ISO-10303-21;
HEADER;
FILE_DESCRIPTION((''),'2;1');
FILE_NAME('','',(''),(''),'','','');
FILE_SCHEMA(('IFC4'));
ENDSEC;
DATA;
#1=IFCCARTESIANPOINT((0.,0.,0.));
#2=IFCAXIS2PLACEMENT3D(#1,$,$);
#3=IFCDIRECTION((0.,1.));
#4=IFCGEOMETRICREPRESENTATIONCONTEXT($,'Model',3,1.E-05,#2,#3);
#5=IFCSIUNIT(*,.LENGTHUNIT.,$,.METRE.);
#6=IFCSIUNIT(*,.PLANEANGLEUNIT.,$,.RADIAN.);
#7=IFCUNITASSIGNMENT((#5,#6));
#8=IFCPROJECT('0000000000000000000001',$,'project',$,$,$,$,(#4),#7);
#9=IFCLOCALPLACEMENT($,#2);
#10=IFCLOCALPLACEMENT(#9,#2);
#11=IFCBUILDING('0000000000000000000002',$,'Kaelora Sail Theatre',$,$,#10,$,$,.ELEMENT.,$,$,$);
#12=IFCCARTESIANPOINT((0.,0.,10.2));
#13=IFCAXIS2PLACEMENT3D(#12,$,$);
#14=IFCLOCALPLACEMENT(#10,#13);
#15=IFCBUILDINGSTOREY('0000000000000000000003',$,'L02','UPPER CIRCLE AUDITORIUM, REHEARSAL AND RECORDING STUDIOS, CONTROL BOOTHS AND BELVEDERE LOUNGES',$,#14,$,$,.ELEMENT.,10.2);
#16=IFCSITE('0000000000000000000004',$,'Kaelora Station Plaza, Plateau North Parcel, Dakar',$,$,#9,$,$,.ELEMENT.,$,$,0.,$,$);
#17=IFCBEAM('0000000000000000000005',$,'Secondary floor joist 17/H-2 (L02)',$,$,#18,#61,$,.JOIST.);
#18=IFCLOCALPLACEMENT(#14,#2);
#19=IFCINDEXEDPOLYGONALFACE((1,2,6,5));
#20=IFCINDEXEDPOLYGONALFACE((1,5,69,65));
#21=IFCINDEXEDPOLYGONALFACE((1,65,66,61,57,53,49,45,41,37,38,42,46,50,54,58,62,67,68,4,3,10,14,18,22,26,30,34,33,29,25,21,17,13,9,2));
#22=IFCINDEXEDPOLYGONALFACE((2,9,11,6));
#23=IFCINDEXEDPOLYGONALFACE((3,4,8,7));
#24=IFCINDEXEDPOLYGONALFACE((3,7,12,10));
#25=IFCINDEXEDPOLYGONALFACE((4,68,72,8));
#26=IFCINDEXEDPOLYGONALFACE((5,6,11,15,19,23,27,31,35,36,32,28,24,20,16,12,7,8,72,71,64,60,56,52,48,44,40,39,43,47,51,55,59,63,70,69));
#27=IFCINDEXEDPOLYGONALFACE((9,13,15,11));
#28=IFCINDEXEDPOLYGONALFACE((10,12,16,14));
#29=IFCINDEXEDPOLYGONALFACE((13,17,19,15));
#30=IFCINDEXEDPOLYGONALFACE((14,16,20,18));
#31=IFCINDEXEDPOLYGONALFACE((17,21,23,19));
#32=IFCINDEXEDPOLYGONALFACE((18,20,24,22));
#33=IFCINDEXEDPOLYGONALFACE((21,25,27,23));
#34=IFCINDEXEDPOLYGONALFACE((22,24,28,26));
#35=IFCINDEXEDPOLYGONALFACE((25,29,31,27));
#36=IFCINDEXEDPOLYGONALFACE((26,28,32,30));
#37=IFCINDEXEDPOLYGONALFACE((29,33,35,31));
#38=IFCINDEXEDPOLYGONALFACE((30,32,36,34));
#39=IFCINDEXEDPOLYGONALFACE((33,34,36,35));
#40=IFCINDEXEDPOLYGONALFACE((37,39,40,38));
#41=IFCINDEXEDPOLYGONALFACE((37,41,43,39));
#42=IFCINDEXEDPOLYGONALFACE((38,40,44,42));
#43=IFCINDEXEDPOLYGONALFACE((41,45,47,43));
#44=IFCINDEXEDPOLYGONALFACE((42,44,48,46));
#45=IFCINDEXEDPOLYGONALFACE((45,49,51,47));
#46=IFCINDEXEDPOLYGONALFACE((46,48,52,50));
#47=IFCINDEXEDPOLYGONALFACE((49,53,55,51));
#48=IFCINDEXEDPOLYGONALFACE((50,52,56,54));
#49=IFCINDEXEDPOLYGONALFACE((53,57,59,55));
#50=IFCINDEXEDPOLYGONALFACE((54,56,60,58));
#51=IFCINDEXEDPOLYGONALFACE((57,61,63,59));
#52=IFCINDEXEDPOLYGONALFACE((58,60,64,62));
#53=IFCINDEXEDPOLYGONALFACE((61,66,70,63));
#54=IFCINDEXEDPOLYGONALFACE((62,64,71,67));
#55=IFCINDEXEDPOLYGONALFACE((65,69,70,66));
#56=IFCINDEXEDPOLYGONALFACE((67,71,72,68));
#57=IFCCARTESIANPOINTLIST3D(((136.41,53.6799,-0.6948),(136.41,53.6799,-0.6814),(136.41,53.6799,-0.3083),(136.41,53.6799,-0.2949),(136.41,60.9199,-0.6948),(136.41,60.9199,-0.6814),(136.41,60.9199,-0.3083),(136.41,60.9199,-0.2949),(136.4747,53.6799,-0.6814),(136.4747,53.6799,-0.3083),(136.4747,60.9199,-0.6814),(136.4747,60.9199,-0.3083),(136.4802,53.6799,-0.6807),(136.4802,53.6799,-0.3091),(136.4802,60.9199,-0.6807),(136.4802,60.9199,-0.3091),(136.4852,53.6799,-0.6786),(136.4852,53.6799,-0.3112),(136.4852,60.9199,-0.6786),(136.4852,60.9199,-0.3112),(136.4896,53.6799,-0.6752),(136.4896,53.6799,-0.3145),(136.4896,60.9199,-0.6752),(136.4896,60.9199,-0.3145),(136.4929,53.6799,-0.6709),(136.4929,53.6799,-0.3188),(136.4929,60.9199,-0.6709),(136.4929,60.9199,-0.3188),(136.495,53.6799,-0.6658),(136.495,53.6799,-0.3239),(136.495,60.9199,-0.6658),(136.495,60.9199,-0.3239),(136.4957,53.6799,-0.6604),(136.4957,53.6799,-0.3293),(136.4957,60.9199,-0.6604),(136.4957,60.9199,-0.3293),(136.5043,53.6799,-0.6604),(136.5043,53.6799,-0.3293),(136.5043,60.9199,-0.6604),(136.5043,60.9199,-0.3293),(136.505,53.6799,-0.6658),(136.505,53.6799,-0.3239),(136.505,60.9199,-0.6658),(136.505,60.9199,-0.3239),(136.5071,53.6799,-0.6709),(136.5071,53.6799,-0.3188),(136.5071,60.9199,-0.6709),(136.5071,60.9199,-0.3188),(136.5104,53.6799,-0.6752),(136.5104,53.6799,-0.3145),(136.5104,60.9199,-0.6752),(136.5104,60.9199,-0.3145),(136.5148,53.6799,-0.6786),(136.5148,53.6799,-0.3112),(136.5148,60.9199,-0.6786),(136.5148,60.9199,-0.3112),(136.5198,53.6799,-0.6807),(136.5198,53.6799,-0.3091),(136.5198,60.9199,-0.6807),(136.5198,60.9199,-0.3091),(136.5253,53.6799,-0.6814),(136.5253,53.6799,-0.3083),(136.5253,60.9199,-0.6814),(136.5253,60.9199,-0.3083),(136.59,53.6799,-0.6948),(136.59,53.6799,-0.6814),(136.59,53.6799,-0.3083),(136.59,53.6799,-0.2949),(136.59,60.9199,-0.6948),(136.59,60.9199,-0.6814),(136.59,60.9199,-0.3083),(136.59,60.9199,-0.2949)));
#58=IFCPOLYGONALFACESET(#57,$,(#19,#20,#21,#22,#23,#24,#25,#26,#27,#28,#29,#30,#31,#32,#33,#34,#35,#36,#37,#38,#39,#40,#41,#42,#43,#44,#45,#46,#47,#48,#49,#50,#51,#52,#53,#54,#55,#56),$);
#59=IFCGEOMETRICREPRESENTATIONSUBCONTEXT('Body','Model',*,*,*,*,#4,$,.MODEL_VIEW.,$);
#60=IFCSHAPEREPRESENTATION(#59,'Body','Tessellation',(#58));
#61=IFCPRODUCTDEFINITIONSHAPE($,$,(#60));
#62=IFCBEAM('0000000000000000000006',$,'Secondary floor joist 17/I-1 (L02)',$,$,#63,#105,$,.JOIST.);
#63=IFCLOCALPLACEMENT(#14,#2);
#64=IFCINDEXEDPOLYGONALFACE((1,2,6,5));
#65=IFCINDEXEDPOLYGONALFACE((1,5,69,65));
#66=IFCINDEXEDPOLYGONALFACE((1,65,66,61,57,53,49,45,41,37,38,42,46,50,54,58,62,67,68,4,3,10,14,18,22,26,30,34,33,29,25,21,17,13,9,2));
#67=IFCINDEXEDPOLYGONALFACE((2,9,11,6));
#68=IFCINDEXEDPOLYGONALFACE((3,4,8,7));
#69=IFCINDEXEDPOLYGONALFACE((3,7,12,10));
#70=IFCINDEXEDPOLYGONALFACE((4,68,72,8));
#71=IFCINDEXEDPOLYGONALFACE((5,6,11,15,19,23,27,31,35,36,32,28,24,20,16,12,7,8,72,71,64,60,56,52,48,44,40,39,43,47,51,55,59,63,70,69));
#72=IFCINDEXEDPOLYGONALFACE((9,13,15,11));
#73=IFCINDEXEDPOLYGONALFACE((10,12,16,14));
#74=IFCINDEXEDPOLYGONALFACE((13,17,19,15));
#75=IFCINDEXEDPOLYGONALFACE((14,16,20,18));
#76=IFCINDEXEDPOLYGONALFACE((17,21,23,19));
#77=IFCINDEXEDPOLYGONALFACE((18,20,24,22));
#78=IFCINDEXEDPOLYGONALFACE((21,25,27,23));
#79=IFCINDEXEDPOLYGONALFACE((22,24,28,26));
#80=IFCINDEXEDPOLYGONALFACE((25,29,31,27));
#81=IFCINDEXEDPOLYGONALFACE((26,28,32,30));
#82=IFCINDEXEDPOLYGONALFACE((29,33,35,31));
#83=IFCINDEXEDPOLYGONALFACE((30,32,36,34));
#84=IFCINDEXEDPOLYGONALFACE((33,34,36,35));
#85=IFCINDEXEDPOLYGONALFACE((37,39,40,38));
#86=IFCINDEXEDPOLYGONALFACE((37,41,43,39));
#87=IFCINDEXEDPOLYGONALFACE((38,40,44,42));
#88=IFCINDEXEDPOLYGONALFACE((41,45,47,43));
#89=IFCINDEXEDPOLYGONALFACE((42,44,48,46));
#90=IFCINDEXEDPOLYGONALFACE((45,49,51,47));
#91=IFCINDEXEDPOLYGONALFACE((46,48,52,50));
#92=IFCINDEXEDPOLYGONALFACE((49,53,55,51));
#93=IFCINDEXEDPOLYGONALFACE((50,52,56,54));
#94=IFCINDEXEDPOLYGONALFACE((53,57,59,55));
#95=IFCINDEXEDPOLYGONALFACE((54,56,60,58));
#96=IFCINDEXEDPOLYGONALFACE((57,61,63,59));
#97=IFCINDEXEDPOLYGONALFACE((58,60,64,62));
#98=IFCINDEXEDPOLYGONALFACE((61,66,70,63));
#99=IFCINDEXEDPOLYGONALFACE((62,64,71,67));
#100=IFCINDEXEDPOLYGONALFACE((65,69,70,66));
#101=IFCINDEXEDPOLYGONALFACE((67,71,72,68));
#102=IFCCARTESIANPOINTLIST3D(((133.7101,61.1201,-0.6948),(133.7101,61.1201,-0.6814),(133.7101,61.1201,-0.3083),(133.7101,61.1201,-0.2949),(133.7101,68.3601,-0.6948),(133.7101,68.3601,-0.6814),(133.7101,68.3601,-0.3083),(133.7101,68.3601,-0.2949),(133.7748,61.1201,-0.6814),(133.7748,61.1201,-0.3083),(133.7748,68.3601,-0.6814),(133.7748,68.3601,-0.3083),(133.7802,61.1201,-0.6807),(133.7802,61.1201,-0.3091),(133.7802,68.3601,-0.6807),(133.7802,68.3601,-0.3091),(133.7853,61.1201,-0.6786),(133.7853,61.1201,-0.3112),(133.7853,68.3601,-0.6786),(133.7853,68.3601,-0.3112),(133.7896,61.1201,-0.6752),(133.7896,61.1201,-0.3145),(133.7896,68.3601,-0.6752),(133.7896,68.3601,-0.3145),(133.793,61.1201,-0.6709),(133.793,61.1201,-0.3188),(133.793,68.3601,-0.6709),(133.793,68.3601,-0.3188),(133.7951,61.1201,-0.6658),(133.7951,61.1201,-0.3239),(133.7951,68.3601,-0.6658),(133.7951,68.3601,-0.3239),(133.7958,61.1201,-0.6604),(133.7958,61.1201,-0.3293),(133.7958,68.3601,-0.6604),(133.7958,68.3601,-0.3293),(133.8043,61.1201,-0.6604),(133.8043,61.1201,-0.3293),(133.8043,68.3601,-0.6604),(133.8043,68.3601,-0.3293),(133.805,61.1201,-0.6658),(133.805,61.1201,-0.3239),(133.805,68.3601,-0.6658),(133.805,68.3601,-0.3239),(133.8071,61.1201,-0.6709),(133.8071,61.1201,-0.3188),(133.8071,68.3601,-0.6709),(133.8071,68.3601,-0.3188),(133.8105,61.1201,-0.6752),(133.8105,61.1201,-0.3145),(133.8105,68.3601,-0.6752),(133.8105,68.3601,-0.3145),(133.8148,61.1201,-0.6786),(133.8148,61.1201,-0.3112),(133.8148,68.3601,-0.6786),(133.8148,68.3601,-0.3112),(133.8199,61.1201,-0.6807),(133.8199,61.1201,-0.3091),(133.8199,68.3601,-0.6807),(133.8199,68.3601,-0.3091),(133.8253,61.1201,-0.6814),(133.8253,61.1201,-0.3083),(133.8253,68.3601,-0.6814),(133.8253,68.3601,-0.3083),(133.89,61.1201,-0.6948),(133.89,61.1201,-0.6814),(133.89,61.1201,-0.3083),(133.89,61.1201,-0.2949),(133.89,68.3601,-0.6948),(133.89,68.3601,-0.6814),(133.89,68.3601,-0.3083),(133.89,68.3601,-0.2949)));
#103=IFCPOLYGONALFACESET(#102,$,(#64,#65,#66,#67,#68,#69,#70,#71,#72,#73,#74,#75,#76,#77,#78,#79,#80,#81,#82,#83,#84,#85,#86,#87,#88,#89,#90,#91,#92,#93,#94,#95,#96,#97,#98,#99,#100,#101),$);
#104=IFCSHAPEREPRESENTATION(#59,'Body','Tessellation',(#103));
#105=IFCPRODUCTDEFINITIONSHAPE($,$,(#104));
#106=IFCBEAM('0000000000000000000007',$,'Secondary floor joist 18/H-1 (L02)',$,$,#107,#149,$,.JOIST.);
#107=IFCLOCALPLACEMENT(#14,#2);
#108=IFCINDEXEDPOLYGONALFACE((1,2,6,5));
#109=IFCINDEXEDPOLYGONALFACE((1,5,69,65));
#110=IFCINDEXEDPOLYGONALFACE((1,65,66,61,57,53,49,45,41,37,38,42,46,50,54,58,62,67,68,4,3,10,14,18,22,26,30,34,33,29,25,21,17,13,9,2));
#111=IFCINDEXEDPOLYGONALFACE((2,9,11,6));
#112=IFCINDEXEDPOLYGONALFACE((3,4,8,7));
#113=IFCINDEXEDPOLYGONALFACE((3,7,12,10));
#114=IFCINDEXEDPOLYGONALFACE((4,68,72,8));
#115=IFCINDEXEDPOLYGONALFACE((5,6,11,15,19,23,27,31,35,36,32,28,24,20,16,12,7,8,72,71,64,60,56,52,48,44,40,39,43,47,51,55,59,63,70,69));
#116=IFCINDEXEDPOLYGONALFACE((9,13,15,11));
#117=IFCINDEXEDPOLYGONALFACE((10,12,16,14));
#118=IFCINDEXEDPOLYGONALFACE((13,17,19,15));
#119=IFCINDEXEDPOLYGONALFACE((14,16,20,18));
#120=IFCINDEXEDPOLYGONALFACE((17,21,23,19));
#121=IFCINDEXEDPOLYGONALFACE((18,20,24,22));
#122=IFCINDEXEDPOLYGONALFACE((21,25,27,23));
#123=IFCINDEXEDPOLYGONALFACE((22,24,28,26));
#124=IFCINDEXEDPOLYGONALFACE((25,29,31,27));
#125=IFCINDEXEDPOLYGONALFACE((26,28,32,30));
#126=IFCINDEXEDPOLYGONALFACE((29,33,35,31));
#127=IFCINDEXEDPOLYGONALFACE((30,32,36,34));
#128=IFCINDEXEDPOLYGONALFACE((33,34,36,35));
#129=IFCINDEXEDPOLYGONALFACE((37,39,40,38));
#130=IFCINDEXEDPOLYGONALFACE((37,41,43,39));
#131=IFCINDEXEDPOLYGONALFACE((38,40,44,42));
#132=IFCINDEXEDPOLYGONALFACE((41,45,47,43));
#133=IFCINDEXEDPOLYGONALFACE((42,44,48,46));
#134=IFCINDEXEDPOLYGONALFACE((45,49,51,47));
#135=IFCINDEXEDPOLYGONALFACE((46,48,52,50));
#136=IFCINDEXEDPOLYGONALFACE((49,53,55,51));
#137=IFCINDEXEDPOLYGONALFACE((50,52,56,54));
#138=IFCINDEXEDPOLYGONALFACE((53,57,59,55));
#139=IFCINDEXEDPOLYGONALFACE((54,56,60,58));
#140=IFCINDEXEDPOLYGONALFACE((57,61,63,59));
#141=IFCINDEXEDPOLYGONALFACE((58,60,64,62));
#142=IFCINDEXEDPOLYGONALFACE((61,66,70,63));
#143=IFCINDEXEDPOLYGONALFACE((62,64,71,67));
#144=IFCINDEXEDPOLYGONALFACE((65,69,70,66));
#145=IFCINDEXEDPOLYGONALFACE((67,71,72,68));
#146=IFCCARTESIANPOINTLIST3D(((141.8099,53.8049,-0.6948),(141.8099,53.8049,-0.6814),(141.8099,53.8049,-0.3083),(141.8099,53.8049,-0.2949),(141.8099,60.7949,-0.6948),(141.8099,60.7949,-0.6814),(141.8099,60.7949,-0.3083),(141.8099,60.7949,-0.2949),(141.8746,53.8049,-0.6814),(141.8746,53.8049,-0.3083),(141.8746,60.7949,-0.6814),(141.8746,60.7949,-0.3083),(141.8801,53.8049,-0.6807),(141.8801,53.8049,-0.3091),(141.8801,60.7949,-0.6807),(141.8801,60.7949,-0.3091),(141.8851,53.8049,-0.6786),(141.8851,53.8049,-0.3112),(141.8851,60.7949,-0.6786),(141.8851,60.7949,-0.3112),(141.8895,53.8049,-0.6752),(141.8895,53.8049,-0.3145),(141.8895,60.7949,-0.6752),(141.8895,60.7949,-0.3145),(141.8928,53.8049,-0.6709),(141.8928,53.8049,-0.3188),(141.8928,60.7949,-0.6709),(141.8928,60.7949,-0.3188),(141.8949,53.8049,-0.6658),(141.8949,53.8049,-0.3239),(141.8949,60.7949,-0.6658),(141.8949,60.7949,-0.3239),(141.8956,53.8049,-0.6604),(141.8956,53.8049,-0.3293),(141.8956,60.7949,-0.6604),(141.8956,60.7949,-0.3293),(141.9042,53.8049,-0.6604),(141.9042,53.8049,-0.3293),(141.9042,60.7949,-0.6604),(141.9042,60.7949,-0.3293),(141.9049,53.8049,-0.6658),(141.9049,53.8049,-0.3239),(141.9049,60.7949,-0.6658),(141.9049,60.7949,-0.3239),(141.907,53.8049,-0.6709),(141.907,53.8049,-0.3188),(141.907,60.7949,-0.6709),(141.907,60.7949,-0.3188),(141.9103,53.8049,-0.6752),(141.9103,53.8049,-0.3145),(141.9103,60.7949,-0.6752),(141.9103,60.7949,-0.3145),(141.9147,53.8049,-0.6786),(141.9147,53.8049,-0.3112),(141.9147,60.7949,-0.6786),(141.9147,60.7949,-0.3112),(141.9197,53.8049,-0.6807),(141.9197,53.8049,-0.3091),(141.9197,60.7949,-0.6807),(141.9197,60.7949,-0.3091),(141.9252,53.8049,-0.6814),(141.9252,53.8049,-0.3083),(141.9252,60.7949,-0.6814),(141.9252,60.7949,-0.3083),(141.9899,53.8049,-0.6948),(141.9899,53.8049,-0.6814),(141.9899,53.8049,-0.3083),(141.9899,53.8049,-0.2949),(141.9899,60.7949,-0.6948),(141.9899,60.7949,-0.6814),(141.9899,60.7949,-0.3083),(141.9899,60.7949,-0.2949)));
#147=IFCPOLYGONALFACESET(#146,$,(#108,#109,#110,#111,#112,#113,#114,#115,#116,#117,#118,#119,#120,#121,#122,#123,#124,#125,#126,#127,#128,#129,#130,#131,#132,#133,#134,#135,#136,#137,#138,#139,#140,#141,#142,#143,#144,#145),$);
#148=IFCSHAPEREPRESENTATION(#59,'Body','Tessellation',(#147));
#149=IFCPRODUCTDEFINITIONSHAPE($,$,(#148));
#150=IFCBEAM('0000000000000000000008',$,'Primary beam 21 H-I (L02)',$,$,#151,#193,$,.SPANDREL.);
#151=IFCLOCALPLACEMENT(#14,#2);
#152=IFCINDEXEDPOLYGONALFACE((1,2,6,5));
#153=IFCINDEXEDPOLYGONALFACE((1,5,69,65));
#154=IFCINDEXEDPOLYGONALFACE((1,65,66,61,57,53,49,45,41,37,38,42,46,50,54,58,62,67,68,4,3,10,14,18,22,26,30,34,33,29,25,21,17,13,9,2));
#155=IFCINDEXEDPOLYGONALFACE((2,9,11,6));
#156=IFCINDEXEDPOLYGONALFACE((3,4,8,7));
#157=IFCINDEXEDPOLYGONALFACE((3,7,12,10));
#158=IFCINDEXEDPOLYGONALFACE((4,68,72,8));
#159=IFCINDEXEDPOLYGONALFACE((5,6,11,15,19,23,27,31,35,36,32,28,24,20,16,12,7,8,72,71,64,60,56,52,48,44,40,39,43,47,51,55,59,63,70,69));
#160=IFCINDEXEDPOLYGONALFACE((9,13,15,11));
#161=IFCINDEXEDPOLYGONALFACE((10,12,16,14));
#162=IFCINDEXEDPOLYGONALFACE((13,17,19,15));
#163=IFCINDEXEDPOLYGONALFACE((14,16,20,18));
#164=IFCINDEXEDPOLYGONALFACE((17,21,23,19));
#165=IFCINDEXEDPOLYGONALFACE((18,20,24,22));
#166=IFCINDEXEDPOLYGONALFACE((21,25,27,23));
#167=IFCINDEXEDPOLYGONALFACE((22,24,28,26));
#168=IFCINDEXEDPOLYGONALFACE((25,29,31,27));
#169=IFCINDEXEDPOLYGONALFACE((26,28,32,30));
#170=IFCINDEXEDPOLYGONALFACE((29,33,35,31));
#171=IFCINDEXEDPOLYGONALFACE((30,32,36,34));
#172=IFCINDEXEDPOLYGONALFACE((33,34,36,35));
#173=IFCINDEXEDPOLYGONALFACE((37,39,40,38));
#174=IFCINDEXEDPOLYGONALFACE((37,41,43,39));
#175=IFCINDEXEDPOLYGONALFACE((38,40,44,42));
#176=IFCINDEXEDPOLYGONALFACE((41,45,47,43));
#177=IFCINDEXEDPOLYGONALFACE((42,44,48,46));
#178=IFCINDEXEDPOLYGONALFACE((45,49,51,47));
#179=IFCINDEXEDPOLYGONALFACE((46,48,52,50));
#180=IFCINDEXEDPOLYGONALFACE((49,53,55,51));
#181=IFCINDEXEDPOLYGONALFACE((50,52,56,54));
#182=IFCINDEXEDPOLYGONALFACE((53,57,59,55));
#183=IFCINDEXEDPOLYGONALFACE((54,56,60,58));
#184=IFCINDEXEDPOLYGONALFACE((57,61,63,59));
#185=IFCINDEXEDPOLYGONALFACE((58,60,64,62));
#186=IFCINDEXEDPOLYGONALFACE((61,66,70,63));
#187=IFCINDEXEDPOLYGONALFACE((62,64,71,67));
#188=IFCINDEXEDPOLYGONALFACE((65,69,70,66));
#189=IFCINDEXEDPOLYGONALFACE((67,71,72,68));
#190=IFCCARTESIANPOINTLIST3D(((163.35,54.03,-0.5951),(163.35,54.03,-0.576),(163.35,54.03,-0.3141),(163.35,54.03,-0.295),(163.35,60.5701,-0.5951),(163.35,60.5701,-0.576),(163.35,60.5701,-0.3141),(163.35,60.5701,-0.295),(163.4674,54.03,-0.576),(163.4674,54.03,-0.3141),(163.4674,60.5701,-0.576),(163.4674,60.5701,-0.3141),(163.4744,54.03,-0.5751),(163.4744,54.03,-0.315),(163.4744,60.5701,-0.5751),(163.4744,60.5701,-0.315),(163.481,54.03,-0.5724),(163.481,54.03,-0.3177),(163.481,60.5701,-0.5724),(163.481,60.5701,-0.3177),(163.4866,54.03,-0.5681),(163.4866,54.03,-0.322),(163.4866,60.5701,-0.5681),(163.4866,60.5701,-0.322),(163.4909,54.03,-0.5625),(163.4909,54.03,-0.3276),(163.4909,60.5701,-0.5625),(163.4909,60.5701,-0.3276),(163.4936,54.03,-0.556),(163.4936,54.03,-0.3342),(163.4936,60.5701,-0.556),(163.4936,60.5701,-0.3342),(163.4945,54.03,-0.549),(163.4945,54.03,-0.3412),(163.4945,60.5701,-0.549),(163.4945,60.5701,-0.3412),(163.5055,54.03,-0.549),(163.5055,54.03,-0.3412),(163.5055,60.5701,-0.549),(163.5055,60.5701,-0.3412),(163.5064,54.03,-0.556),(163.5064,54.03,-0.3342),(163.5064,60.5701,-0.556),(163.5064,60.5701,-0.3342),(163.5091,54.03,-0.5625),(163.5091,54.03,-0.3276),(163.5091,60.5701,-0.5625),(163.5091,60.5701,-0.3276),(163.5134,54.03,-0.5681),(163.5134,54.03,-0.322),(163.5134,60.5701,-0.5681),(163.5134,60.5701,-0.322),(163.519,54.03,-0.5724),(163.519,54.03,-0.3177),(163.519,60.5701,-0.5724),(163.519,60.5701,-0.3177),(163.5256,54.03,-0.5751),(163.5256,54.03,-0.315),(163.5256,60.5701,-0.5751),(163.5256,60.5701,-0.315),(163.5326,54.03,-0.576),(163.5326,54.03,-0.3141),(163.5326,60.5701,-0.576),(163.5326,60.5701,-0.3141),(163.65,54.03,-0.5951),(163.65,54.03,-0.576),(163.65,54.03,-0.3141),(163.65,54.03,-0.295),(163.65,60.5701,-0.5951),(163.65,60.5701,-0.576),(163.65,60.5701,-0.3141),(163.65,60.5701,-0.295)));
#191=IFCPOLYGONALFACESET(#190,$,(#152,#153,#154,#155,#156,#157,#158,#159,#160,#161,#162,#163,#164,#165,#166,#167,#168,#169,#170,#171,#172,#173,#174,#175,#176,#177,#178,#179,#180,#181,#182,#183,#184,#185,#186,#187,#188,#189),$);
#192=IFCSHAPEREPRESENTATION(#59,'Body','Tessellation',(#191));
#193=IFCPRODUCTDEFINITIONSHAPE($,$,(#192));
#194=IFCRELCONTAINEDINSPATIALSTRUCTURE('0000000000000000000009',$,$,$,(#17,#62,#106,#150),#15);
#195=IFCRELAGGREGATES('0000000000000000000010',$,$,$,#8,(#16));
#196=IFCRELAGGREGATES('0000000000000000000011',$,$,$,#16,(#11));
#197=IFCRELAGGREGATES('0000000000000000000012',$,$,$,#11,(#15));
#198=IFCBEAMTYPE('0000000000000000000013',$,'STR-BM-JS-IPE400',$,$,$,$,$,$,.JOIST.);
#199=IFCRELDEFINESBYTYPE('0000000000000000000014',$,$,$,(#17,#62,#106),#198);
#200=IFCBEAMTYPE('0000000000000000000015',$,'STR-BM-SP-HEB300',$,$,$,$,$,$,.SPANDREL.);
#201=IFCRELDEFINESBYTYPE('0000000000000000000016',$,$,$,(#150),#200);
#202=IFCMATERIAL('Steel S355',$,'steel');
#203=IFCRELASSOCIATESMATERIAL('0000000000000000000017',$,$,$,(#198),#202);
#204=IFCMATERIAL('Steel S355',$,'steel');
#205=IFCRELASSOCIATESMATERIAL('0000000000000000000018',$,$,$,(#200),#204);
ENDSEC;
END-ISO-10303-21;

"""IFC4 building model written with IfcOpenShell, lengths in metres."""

from ifc_helpers import new_model, si_unit, direction, frame, origin, origin_2d, place, context, subcontext, project, spatial, i_section, extrude, material, material_profile, profile_set, type_object, element, save


model = new_model("IFC4")

# Units and contexts
model_context = context("Model", 3, precision=1e-05, world=origin(), true_north=direction((0.0, 1.0)))
body_context = subcontext(model_context, "Body", "Model", "MODEL_VIEW")
ifc_project = project(units=[si_unit("LENGTHUNIT", "METRE"), si_unit("PLANEANGLEUNIT", "RADIAN")], contexts=[model_context])

# Site, building, storey
site_placement = place(None, origin())
site = spatial("IfcSite", under=ifc_project, at=site_placement, Name="Kaelora Station Plaza, Plateau North Parcel, Dakar", CompositionType="ELEMENT", RefElevation=0.0)
building_placement = place(site_placement, origin())
building = spatial("IfcBuilding", under=site, at=building_placement, Name="Kaelora Sail Theatre", CompositionType="ELEMENT")
storey_placement = place(building_placement, frame((0.0, 0.0, 10.2)))
storey = spatial("IfcBuildingStorey", under=building, at=storey_placement, Name="L02", Description="UPPER CIRCLE AUDITORIUM, REHEARSAL AND RECORDING STUDIOS, CONTROL BOOTHS AND BELVEDERE LOUNGES", CompositionType="ELEMENT", Elevation=10.2)

# Beams
ifc_material_1 = material(Name="Steel S355", Category="steel")
ifc_material_profile_1 = material_profile(ifc_material_1, i_section(OverallWidth=0.1799, OverallDepth=0.3999, WebThickness=0.0085, FlangeThickness=0.0134, FilletRadius=0.021, at=origin_2d()), Name="IPE 400")
ifc_profile_set_1 = profile_set([ifc_material_profile_1], Name="Steel S355")
beam_type_1 = type_object("IfcBeamType", Name="STR-BM-JS-IPE400", PredefinedType="JOIST", material=ifc_profile_set_1)
for number, where, z_axis, x_axis, name in (
    (1, (136.5, 53.6799, -0.4949), (0.0, 1.0, 0.0), (-1.0, 0.0, 0.0), "Secondary floor joist 17/H-2 (L02)"),
    (2, (133.8, 61.1201, -0.4949), (0.0, 1.0, 0.0), (-1.0, 0.0, 0.0), "Secondary floor joist 17/I-1 (L02)"),
):
    element("IfcBeam", number, at=place(storey_placement, frame(where, z_axis=z_axis, x_axis=x_axis)), inside=storey, type_object=beam_type_1, Name=name, PredefinedType="JOIST", context=body_context, shape_type="SweptSolid", body=[
        extrude(i_section(OverallWidth=0.1799, OverallDepth=0.3999, WebThickness=0.0085, FlangeThickness=0.0134, FilletRadius=0.021, at=origin_2d()), origin(), (0.0, 0.0, 1.0), 7.24),
    ])
beam_1_placement = place(storey_placement, frame((141.8999, 53.8049, -0.4949), z_axis=(0.0, 1.0, 0.0), x_axis=(-1.0, 0.0, 0.0)))
element("IfcBeam", 3, at=beam_1_placement, inside=storey, type_object=beam_type_1, Name="Secondary floor joist 18/H-1 (L02)", PredefinedType="JOIST", context=body_context, shape_type="SweptSolid", body=[
    extrude(i_section(OverallWidth=0.1799, OverallDepth=0.3999, WebThickness=0.0085, FlangeThickness=0.0134, FilletRadius=0.021, at=origin_2d()), origin(), (0.0, 0.0, 1.0), 6.99),
])
ifc_material_2 = material(Name="Steel S355", Category="steel")
ifc_material_profile_2 = material_profile(ifc_material_2, i_section(OverallWidth=0.3, OverallDepth=0.3, WebThickness=0.011, FlangeThickness=0.019, FilletRadius=0.0271, at=origin_2d()), Name="HEB 300")
ifc_profile_set_2 = profile_set([ifc_material_profile_2], Name="Steel S355")
beam_type_2 = type_object("IfcBeamType", Name="STR-BM-SP-HEB300", PredefinedType="SPANDREL", material=ifc_profile_set_2)
for number, where, z_axis, x_axis, name in (
    (4, (163.5, 54.03, -0.4451), (0.0, 1.0, 0.0), (-1.0, 0.0, 0.0), "Primary beam 21 H-I (L02)"),
):
    element("IfcBeam", number, at=place(storey_placement, frame(where, z_axis=z_axis, x_axis=x_axis)), inside=storey, type_object=beam_type_2, Name=name, PredefinedType="SPANDREL", context=body_context, shape_type="SweptSolid", body=[
        extrude(i_section(OverallWidth=0.3, OverallDepth=0.3, WebThickness=0.011, FlangeThickness=0.019, FilletRadius=0.0271, at=origin_2d()), origin(), (0.0, 0.0, 1.0), 6.54),
    ])

save(model, "model.ifc")
